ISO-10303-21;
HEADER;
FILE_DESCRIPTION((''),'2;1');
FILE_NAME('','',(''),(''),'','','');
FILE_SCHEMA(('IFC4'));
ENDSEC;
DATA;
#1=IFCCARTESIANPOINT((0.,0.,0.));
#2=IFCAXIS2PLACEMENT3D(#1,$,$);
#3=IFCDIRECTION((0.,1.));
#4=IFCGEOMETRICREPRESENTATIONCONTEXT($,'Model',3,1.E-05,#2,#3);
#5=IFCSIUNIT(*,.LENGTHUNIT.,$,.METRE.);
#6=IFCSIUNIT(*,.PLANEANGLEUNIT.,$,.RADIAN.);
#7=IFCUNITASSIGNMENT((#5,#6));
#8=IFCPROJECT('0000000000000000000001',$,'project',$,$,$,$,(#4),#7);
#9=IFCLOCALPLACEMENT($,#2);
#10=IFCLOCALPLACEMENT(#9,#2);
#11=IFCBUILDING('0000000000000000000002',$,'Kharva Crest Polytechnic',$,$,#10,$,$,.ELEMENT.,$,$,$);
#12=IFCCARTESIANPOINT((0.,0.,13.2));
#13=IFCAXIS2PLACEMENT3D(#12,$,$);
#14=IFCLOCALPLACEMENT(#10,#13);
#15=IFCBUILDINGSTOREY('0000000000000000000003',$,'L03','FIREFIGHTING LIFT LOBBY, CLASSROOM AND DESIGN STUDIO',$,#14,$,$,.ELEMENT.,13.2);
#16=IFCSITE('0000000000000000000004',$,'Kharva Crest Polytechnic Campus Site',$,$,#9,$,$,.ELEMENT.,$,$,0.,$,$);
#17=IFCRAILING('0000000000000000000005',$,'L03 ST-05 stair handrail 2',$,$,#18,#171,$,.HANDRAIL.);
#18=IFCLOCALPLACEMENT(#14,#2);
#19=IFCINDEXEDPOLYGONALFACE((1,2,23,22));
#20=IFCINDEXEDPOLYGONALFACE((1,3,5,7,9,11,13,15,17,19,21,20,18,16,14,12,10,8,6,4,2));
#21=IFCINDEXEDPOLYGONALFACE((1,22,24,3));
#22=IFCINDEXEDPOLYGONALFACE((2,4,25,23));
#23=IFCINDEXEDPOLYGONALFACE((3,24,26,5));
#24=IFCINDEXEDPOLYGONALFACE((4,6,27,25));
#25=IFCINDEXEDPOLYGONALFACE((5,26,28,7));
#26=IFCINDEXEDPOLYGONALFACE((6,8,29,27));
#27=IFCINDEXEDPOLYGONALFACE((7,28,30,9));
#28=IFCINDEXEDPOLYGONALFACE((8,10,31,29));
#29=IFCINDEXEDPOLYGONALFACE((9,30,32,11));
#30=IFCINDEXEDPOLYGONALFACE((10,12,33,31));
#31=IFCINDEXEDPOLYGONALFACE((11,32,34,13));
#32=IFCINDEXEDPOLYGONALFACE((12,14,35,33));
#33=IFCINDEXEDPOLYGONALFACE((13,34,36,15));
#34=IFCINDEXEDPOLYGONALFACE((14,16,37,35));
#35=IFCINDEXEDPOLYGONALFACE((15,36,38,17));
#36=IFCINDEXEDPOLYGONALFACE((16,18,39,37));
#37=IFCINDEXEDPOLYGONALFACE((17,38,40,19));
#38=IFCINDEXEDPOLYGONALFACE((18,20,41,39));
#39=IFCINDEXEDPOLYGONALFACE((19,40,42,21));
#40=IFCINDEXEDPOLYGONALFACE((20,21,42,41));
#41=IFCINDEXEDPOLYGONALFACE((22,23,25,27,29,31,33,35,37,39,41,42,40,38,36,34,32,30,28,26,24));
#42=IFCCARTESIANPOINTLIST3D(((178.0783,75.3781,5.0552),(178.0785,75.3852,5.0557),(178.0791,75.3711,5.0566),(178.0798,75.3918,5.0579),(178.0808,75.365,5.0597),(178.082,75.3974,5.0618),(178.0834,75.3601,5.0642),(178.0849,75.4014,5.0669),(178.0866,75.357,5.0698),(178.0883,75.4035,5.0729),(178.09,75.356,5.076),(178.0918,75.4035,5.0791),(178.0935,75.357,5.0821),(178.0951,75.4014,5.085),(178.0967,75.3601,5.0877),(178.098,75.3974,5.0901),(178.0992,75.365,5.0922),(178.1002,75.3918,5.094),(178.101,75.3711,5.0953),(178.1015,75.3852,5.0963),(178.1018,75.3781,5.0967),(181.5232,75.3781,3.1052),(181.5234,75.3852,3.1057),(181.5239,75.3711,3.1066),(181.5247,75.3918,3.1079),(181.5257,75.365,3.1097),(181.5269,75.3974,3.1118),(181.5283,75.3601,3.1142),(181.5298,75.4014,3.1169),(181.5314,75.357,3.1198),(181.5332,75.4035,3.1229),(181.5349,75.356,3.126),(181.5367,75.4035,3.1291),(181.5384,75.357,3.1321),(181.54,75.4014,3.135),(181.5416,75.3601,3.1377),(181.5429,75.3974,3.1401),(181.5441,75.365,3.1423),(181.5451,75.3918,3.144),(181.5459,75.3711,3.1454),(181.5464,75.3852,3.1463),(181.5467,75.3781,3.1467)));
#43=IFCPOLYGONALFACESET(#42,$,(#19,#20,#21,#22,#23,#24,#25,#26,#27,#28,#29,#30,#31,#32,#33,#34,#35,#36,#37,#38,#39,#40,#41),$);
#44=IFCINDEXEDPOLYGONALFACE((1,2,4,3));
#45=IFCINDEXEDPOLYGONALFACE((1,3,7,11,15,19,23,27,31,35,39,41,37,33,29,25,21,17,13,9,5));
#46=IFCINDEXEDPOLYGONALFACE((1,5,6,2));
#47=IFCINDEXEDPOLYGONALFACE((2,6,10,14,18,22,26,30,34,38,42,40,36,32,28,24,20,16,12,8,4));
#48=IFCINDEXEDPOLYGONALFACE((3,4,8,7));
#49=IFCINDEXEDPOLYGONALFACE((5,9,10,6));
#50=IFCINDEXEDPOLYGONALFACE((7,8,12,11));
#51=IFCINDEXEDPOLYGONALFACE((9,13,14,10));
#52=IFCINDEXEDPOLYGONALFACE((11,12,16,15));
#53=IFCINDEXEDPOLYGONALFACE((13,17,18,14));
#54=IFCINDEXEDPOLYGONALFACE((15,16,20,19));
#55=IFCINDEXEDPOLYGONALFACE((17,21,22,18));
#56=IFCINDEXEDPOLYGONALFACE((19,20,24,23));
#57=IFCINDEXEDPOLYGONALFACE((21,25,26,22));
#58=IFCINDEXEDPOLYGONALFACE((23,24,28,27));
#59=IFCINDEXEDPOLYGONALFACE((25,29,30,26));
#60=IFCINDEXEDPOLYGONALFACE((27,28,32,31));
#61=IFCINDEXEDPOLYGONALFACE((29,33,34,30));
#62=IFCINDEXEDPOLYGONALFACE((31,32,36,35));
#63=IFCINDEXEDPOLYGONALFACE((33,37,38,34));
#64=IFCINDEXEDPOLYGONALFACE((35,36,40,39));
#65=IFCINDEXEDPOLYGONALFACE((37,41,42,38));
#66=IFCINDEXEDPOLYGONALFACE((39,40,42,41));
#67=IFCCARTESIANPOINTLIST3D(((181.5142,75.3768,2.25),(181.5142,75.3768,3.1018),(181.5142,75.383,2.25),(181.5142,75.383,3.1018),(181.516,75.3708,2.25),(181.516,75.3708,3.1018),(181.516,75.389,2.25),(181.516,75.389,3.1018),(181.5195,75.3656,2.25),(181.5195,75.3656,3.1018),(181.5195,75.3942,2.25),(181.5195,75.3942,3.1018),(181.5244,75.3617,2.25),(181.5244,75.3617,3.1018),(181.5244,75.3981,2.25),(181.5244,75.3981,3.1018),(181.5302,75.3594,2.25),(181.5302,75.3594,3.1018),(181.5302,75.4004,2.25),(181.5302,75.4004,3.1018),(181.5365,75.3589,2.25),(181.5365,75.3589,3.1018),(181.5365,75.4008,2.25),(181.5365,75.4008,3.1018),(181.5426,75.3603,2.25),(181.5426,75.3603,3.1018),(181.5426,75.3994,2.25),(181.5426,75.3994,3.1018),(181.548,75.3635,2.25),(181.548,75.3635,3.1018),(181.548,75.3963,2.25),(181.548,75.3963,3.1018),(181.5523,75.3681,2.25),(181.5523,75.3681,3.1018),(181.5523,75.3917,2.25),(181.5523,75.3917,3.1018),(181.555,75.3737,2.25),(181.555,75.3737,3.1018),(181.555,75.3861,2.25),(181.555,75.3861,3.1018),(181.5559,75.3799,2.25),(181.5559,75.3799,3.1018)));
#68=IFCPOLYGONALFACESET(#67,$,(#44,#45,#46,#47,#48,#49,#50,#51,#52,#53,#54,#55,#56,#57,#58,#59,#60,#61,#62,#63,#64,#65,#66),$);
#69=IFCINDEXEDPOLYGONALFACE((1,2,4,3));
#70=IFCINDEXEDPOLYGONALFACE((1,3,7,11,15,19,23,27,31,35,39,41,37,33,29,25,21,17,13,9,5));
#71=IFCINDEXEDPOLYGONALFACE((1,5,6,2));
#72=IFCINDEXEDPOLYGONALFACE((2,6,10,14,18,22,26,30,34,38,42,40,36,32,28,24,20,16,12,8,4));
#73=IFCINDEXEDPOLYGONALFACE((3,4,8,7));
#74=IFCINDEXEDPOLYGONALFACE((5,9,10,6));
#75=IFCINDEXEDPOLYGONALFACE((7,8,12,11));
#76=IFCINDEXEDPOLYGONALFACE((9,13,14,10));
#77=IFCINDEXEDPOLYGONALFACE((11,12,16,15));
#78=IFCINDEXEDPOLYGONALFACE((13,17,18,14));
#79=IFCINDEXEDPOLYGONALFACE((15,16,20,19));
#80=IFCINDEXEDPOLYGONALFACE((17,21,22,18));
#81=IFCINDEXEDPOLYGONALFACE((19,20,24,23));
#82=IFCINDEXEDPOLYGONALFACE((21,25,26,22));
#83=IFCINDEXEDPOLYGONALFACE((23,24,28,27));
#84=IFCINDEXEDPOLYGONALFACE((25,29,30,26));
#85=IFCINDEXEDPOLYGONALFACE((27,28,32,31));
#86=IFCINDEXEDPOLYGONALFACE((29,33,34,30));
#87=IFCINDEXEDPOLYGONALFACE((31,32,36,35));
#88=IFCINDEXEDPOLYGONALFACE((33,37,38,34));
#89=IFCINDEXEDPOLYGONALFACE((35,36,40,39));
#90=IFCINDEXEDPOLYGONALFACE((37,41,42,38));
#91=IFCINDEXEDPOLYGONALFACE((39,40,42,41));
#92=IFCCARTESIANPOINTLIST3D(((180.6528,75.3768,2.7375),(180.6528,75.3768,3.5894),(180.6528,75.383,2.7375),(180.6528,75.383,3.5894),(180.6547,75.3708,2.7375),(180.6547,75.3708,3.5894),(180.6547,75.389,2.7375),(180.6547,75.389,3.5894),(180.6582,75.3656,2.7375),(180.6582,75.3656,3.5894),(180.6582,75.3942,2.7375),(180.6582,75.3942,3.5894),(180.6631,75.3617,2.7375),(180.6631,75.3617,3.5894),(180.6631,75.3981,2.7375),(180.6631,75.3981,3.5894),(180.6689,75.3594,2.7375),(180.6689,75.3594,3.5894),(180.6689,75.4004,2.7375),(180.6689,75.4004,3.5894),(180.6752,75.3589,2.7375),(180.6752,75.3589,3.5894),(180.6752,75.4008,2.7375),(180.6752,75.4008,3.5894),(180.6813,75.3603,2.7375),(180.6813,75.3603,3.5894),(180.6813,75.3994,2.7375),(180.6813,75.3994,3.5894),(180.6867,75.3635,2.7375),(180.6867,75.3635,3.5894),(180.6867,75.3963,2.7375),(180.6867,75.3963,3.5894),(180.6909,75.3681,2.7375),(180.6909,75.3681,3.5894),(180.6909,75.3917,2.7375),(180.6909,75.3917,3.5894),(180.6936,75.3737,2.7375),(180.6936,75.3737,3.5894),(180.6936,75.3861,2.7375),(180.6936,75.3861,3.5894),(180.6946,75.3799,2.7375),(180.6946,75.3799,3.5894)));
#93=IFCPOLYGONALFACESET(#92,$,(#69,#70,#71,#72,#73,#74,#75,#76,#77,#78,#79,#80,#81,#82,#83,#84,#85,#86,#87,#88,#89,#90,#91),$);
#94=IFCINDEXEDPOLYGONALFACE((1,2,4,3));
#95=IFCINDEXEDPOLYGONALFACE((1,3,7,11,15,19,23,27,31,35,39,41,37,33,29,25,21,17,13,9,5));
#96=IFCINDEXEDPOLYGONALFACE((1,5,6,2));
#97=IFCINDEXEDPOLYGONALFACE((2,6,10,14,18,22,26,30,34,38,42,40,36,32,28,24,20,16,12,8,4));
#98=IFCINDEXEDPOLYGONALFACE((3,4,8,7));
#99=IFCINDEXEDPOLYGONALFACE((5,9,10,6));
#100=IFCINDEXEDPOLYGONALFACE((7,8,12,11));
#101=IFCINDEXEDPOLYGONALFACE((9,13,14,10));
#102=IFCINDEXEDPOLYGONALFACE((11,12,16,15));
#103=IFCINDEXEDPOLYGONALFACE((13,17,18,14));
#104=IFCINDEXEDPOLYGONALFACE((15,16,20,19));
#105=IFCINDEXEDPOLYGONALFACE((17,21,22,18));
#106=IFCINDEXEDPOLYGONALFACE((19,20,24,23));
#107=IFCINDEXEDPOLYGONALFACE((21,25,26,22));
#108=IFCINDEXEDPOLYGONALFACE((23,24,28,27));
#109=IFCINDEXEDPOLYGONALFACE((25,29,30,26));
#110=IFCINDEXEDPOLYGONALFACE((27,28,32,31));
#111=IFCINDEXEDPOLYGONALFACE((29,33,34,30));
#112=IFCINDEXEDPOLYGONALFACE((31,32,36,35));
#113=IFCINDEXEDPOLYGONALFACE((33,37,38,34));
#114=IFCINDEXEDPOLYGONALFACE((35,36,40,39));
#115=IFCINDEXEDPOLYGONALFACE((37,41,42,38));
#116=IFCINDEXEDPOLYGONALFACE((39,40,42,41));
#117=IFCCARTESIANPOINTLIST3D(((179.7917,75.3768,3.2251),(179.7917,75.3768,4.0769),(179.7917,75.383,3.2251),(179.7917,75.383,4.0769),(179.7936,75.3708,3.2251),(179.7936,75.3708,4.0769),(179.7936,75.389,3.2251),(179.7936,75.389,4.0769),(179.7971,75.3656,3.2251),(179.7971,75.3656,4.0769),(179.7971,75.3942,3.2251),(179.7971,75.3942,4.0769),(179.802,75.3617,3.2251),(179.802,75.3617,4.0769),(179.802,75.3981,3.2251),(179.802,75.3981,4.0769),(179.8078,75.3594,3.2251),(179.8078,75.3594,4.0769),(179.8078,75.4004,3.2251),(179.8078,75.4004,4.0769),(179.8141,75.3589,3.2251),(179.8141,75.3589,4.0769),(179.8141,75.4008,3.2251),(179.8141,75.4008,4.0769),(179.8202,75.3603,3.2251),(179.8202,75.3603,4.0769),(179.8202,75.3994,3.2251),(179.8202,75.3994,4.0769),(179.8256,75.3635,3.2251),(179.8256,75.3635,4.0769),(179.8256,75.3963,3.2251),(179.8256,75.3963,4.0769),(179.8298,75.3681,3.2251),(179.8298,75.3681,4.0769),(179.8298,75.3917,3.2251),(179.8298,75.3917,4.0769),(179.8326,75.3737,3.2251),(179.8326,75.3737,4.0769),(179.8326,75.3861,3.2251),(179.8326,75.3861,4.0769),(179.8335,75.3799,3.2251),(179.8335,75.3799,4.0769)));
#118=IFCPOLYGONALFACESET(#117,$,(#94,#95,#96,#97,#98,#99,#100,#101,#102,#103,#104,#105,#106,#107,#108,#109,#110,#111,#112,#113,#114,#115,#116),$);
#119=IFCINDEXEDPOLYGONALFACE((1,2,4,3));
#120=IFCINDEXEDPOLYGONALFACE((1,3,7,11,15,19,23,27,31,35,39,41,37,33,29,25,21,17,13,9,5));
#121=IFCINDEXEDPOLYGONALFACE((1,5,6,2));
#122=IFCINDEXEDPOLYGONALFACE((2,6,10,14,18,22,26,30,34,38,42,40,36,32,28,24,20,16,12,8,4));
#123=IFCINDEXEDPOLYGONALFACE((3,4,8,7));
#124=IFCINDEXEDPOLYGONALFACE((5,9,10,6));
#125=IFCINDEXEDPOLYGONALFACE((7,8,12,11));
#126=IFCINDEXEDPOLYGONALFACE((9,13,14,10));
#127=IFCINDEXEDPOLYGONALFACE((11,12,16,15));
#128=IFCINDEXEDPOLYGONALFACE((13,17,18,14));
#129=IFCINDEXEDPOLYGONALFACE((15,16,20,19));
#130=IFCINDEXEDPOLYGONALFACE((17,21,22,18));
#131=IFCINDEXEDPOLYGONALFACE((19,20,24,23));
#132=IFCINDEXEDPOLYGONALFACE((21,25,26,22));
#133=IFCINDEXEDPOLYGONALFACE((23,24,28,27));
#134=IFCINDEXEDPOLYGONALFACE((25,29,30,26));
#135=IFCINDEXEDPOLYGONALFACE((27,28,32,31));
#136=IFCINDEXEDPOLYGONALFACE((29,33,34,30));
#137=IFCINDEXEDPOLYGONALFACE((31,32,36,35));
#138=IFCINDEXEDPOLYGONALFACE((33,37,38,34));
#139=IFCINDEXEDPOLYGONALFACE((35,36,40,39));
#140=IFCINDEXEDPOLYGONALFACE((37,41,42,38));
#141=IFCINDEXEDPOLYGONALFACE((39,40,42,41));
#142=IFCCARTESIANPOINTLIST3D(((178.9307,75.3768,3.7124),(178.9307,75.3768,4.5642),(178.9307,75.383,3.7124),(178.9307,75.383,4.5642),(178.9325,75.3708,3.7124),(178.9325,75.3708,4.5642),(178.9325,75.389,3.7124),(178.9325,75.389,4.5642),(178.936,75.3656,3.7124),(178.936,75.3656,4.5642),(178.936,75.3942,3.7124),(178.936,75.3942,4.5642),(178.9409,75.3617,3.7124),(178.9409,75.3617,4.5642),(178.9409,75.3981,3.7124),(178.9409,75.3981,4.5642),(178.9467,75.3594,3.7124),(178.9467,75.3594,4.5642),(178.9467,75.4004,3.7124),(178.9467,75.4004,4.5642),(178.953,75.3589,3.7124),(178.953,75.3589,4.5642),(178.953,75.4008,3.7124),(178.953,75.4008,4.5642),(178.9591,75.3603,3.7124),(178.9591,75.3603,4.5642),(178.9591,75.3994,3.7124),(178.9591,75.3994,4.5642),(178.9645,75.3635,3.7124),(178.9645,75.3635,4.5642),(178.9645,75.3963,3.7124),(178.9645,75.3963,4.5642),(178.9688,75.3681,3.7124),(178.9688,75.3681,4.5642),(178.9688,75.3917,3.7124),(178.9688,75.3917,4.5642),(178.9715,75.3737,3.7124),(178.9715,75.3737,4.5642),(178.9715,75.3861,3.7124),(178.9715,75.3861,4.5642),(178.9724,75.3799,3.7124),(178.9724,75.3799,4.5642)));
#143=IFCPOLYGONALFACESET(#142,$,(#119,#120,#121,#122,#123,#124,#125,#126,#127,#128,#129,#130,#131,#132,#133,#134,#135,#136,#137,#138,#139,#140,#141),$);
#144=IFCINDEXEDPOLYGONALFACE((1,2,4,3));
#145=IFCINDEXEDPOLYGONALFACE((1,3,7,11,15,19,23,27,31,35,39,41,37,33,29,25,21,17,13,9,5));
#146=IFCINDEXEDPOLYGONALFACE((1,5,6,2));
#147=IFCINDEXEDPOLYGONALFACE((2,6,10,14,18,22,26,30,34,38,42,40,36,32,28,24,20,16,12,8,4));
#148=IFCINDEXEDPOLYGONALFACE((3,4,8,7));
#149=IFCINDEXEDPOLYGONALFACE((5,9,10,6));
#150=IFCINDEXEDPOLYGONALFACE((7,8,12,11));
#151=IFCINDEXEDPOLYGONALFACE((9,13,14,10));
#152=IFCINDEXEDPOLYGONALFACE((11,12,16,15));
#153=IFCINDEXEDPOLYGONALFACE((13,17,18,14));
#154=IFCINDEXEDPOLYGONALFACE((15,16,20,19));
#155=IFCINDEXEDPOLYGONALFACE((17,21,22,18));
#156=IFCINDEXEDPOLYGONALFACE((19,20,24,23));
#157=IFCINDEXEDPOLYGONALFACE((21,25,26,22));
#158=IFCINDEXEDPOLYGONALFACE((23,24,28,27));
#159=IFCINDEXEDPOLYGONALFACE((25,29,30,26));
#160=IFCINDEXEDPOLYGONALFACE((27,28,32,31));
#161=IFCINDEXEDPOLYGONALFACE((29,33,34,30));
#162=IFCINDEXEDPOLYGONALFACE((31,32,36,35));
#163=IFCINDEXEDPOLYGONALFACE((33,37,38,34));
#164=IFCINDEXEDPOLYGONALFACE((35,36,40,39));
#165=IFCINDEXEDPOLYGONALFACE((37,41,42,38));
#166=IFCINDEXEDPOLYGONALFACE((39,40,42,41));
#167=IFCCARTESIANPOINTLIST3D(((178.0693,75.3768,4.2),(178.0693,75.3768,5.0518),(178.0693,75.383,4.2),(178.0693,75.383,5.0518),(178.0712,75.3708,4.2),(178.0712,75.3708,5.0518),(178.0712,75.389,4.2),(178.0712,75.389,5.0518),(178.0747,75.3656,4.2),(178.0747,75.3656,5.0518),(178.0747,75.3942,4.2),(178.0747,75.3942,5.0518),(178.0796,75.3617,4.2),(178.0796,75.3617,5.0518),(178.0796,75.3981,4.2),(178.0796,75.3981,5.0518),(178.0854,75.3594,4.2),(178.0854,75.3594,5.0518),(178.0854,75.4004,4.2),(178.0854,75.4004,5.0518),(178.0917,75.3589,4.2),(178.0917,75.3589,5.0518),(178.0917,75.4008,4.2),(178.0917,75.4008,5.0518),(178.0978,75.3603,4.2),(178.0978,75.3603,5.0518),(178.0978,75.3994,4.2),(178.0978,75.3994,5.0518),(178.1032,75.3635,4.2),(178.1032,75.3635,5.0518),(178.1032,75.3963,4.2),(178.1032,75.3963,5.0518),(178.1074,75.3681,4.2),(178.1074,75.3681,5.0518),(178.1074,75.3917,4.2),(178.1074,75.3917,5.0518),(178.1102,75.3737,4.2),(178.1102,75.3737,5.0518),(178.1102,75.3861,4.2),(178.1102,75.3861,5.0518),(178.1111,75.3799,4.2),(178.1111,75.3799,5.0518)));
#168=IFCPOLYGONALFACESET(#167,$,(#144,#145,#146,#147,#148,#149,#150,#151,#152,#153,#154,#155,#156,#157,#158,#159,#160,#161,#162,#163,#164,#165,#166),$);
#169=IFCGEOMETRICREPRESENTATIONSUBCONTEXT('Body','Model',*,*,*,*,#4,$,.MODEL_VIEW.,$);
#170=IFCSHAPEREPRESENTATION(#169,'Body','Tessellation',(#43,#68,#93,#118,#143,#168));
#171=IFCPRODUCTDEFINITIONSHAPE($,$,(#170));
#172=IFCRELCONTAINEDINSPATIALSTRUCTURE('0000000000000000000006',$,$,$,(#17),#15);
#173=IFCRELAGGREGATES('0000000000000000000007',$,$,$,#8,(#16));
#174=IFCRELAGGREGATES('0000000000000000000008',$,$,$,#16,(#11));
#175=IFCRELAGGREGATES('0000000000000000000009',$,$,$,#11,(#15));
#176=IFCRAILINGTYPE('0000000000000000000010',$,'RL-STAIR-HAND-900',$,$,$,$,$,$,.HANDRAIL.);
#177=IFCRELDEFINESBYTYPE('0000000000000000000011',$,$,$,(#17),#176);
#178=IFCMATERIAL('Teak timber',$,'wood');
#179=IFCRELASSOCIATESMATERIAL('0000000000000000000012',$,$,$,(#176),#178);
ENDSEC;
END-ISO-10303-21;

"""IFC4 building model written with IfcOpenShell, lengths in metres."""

from ifc_helpers import new_model, si_unit, direction, frame, origin, origin_2d, place, context, subcontext, project, spatial, circle, extrude, material, type_object, element, save


model = new_model("IFC4")

# Units and contexts
model_context = context("Model", 3, precision=1e-05, world=origin(), true_north=direction((0.0, 1.0)))
body_context = subcontext(model_context, "Body", "Model", "MODEL_VIEW")
ifc_project = project(units=[si_unit("LENGTHUNIT", "METRE"), si_unit("PLANEANGLEUNIT", "RADIAN")], contexts=[model_context])

# Site, building, storey
site_placement = place(None, origin())
site = spatial("IfcSite", under=ifc_project, at=site_placement, Name="Kharva Crest Polytechnic Campus Site", CompositionType="ELEMENT", RefElevation=0.0)
building_placement = place(site_placement, origin())
building = spatial("IfcBuilding", under=site, at=building_placement, Name="Kharva Crest Polytechnic", CompositionType="ELEMENT")
storey_placement = place(building_placement, frame((0.0, 0.0, 13.2)))
storey = spatial("IfcBuildingStorey", under=building, at=storey_placement, Name="L03", Description="FIREFIGHTING LIFT LOBBY, CLASSROOM AND DESIGN STUDIO", CompositionType="ELEMENT", Elevation=13.2)

# Shared definitions
ifc_material_1 = material(Name="Teak timber", Category="wood")

# Railing
railing_type_1 = type_object("IfcRailingType", Name="RL-STAIR-HAND-900", PredefinedType="HANDRAIL", material=ifc_material_1)
railing_1_placement = place(storey_placement, frame((181.5349, 75.3799, 2.25)))
element("IfcRailing", 1, at=railing_1_placement, inside=storey, type_object=railing_type_1, Name="L03 ST-05 stair handrail 2", PredefinedType="HANDRAIL", context=body_context, shape_type="SweptSolid", body=[
    extrude(circle(Radius=0.0239, at=origin_2d()), frame((0.0, 0.0, 0.876), z_axis=(-0.870251, 0.0, 0.492608), x_axis=(0.0, -1.0, 0.0)), (0.0, 0.0, 1.0), 3.9585),
    extrude(circle(Radius=0.021, at=origin_2d()), origin(), (0.0, 0.0, 1.0), 0.8518),
    extrude(circle(Radius=0.021, at=origin_2d()), frame((-0.8613, 0.0, 0.4875)), (0.0, 0.0, 1.0), 0.8518),
    extrude(circle(Radius=0.021, at=origin_2d()), frame((-1.7224, 0.0, 0.9751)), (0.0, 0.0, 1.0), 0.8518),
    extrude(circle(Radius=0.021, at=origin_2d()), frame((-2.5835, 0.0, 1.4624)), (0.0, 0.0, 1.0), 0.8518),
    extrude(circle(Radius=0.021, at=origin_2d()), frame((-3.4448, 0.0, 1.95)), (0.0, 0.0, 1.0), 0.8518),
])

save(model, "model.ifc")
